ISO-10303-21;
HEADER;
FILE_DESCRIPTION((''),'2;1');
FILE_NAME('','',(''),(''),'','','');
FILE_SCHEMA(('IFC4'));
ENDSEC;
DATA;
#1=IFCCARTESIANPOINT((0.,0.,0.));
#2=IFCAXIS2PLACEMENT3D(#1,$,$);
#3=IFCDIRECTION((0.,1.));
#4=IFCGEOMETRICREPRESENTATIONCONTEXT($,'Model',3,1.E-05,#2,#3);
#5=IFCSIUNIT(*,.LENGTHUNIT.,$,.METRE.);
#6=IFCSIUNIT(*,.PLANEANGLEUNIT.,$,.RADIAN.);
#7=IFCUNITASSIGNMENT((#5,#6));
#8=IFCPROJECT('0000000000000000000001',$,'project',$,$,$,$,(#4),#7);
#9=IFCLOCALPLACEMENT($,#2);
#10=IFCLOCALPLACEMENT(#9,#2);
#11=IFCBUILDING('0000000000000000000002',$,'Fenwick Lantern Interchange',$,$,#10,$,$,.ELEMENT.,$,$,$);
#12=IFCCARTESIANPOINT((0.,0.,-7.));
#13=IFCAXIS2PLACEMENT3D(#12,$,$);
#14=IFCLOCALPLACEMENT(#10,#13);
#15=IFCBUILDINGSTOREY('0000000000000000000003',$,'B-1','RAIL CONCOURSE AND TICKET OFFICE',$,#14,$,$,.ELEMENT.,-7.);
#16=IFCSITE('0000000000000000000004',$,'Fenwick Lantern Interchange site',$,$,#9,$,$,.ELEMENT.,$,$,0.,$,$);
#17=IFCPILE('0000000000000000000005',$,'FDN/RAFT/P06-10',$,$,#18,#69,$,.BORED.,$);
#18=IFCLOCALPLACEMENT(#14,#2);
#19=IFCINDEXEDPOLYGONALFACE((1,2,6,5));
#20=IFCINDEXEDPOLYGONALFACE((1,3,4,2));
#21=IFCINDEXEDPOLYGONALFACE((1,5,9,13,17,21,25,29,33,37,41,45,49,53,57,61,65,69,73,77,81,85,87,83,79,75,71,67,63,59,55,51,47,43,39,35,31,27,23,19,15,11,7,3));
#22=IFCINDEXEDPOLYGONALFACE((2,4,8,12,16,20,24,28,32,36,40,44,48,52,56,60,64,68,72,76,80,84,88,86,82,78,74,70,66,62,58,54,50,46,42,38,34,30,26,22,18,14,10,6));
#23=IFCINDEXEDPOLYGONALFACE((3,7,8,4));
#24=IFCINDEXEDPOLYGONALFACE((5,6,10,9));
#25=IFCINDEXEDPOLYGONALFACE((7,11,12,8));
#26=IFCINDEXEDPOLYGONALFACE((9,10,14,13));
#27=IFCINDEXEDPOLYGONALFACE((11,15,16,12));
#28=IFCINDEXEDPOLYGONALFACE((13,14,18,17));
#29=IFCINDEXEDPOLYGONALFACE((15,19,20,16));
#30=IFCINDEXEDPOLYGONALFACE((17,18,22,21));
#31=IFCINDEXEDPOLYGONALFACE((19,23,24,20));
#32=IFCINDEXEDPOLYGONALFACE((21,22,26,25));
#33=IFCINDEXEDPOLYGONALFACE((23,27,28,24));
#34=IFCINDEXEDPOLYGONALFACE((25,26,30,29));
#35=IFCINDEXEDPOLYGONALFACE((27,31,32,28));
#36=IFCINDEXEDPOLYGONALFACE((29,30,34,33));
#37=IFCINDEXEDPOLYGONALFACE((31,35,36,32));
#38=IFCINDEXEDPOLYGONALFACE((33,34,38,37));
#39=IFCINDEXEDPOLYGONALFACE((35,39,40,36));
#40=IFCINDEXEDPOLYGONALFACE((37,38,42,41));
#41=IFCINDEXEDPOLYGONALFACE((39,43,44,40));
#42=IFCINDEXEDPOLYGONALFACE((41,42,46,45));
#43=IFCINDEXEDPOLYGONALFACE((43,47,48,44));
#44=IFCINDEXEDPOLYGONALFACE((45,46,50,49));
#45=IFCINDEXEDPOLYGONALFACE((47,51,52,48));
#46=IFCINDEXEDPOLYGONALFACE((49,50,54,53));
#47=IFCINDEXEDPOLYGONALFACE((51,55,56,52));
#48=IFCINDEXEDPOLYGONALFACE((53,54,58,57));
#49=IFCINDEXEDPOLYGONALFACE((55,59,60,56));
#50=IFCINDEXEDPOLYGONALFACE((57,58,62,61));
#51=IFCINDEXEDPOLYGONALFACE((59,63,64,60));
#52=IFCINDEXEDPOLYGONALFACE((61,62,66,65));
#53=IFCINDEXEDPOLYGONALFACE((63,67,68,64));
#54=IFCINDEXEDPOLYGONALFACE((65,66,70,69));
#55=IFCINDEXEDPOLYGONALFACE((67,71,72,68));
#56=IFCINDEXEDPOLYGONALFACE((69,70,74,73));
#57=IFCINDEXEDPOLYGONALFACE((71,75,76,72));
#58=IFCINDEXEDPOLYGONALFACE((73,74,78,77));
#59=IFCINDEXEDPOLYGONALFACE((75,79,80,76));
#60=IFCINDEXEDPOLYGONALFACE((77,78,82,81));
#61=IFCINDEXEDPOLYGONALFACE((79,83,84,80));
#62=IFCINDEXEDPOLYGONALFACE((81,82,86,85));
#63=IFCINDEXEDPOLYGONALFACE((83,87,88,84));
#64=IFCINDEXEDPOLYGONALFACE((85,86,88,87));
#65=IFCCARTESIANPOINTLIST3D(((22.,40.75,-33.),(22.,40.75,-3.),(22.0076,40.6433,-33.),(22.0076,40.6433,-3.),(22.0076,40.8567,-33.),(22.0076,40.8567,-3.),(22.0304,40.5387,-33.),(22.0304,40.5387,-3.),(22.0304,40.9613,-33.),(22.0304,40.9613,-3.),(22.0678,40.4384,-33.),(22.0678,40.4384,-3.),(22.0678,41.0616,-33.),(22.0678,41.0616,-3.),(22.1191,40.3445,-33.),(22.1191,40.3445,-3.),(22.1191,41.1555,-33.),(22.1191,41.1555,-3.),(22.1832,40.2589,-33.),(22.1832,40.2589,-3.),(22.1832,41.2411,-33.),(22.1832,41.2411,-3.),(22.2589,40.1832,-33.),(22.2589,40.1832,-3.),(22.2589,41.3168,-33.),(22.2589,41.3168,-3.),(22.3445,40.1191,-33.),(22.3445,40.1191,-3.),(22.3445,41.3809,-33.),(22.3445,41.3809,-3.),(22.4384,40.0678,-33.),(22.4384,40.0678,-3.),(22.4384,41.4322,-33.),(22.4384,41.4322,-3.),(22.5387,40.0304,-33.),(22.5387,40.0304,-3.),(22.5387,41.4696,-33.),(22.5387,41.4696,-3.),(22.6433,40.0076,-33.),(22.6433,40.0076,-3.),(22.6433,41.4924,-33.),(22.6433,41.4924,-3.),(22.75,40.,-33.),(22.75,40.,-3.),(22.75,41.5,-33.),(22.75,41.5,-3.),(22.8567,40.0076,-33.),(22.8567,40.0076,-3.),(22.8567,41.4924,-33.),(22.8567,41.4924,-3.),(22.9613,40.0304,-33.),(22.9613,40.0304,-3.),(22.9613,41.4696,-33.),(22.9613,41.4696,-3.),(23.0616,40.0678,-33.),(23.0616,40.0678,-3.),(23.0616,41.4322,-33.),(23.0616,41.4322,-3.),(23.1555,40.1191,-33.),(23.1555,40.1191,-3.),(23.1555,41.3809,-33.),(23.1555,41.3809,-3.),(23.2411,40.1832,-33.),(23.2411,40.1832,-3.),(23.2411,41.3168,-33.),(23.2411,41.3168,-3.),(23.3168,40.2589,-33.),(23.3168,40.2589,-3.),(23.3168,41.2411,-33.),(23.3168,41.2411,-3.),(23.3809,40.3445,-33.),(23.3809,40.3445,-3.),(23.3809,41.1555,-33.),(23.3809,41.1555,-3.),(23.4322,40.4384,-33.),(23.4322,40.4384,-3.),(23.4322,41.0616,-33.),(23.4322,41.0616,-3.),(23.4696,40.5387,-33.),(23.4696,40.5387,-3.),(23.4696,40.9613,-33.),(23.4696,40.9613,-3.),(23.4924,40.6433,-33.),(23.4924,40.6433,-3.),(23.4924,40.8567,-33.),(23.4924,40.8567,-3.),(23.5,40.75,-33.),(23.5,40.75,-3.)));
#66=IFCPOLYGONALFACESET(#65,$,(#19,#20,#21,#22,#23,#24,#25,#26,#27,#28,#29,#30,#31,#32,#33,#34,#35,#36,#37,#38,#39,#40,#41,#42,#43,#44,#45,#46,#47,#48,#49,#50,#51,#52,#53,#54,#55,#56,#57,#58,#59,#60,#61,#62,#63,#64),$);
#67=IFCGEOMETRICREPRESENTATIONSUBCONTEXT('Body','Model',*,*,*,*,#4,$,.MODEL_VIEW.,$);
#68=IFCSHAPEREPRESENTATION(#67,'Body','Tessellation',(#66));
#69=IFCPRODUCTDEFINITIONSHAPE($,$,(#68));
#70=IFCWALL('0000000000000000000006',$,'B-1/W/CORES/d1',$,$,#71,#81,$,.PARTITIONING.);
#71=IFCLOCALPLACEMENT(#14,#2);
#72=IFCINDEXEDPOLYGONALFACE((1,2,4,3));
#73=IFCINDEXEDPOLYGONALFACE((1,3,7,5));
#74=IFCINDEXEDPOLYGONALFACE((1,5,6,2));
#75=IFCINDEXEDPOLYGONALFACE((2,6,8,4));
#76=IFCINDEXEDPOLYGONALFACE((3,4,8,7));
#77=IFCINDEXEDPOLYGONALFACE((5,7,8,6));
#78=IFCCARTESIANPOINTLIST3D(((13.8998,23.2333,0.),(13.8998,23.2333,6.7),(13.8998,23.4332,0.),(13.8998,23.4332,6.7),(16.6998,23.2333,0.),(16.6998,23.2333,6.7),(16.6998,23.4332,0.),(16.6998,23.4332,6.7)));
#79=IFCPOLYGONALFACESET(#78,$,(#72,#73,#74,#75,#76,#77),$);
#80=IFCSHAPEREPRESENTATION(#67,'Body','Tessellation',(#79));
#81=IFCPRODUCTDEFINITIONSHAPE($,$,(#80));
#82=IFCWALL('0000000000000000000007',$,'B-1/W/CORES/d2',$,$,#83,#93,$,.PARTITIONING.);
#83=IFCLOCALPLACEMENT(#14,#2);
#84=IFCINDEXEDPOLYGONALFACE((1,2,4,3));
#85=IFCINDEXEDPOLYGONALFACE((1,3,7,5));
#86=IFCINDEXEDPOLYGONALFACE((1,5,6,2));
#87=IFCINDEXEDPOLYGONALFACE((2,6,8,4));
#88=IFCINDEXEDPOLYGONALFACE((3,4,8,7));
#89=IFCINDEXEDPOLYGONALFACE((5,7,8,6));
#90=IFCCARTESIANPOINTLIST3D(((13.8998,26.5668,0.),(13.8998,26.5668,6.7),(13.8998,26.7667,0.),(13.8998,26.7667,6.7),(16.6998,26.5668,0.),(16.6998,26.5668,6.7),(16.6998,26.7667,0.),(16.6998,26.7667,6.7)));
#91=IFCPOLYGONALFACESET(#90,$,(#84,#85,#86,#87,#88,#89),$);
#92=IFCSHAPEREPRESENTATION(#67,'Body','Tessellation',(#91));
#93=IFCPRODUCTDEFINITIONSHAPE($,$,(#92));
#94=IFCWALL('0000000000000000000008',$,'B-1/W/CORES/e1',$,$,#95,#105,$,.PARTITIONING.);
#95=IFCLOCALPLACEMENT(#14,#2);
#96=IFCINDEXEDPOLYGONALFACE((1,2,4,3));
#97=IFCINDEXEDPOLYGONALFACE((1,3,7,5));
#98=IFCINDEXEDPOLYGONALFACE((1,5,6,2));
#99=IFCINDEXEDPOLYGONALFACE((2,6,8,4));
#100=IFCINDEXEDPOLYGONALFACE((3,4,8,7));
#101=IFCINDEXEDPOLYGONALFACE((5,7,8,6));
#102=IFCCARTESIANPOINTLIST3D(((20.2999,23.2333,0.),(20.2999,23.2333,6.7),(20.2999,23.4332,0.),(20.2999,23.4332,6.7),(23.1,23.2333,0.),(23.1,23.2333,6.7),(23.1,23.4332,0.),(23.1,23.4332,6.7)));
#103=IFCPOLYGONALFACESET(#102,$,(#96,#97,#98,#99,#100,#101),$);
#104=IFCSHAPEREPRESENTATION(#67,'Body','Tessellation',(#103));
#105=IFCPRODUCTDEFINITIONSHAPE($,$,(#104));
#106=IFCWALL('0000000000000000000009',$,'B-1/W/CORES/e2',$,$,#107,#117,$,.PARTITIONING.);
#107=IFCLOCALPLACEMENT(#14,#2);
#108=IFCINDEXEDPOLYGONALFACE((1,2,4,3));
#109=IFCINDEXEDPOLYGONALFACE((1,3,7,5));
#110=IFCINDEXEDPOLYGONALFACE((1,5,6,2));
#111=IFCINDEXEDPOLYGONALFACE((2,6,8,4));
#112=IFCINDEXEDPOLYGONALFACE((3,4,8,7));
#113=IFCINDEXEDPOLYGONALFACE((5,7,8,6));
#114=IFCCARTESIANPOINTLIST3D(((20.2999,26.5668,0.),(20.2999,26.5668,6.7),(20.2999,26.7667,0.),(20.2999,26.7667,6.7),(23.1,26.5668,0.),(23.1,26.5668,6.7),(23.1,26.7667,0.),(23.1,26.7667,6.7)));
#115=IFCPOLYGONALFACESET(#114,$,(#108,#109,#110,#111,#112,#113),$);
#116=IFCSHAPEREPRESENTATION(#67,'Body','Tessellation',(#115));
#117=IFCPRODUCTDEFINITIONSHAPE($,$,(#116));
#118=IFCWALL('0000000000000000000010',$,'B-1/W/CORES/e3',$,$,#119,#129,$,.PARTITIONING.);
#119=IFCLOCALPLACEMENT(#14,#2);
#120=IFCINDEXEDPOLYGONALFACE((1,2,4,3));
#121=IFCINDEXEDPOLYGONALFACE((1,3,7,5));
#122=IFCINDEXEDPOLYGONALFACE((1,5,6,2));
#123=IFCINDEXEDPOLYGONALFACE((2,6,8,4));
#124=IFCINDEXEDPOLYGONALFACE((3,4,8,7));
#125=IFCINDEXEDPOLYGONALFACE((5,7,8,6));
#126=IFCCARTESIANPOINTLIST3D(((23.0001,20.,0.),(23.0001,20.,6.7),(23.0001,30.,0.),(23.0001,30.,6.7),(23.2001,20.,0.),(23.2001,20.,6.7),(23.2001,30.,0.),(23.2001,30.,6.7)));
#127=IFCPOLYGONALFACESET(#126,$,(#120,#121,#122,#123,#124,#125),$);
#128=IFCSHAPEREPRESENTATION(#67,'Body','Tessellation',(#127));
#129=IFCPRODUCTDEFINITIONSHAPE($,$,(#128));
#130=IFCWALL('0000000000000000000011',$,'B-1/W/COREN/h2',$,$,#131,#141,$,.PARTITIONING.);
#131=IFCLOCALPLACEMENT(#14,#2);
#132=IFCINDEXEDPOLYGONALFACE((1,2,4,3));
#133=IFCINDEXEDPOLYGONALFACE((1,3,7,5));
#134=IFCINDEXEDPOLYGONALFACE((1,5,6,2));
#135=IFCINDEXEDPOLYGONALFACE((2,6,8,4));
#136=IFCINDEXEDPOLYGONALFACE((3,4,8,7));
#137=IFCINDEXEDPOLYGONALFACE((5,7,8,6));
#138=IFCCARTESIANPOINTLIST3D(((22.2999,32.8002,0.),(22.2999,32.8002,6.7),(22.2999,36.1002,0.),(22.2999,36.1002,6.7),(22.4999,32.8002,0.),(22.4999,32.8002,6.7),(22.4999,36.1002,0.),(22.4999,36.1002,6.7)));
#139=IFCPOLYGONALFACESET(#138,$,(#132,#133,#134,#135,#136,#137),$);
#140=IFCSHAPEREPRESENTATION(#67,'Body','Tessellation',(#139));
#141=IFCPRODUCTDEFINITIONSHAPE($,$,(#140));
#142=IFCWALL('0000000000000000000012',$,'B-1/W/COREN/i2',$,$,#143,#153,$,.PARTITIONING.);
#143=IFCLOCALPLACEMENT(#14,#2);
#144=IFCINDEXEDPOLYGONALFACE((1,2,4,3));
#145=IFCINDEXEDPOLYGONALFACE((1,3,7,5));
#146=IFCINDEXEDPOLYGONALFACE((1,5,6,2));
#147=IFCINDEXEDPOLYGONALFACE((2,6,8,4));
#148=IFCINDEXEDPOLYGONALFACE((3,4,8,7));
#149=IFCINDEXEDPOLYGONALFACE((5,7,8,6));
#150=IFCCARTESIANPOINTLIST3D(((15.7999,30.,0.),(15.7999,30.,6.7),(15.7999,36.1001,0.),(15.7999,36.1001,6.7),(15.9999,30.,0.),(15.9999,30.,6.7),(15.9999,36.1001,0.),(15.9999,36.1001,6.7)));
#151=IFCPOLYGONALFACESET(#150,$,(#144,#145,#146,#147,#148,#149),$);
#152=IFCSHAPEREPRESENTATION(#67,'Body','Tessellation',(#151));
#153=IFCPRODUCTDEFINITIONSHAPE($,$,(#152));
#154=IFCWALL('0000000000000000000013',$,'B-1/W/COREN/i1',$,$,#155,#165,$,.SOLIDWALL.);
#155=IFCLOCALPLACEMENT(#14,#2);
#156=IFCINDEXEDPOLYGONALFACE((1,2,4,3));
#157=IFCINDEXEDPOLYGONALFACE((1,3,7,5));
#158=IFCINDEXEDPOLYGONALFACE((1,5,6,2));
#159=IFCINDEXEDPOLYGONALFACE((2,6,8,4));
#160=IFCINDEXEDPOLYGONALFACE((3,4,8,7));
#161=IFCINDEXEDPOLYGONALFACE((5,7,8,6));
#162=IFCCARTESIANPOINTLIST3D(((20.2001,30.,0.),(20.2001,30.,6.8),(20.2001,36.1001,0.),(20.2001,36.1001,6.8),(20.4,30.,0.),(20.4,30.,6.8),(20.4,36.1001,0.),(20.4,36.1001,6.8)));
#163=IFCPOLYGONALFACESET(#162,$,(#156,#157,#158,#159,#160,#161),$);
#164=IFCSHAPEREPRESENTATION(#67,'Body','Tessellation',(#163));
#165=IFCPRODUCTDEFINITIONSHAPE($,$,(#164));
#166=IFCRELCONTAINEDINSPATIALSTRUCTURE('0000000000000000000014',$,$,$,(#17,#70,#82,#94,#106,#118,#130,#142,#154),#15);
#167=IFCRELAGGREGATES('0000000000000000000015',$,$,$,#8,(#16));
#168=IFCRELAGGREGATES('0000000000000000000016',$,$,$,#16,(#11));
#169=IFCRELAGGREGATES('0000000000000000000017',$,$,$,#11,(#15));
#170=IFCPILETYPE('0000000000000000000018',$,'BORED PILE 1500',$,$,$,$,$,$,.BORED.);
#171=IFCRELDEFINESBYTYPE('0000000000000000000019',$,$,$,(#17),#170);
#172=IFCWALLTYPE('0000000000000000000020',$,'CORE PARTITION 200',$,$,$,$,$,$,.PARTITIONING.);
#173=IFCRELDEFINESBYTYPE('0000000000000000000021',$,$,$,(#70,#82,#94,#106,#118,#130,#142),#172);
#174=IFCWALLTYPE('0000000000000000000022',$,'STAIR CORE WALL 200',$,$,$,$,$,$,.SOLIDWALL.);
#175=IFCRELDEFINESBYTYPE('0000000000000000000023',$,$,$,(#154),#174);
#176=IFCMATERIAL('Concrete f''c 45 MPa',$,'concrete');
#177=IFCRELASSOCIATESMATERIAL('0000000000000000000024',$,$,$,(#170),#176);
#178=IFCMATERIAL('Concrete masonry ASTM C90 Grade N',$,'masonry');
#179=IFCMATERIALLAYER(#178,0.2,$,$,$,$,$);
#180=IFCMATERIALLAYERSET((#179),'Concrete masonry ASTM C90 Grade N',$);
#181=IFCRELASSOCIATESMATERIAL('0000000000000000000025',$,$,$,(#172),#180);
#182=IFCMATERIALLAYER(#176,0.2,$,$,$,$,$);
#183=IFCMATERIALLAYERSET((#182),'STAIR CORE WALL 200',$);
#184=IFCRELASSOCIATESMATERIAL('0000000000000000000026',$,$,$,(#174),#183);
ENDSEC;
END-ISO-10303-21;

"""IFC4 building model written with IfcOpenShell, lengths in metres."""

from ifc_helpers import new_model, si_unit, direction, frame, frame_2d, origin, origin_2d, place, context, subcontext, project, spatial, rectangle, circle, extrude, material, layer, layer_set, type_object, element, save


model = new_model("IFC4")

# Units and contexts
model_context = context("Model", 3, precision=1e-05, world=origin(), true_north=direction((0.0, 1.0)))
body_context = subcontext(model_context, "Body", "Model", "MODEL_VIEW")
ifc_project = project(units=[si_unit("LENGTHUNIT", "METRE"), si_unit("PLANEANGLEUNIT", "RADIAN")], contexts=[model_context])

# Site, building, storey
site_placement = place(None, origin())
site = spatial("IfcSite", under=ifc_project, at=site_placement, Name="Fenwick Lantern Interchange site", CompositionType="ELEMENT", RefElevation=0.0)
building_placement = place(site_placement, origin())
building = spatial("IfcBuilding", under=site, at=building_placement, Name="Fenwick Lantern Interchange", CompositionType="ELEMENT")
storey_placement = place(building_placement, frame((0.0, 0.0, -7.0)))
storey = spatial("IfcBuildingStorey", under=building, at=storey_placement, Name="B-1", Description="RAIL CONCOURSE AND TICKET OFFICE", CompositionType="ELEMENT", Elevation=-7.0)

# Pile
ifc_material_1 = material(Name="Concrete f'c 45 MPa", Category="concrete")
pile_type = type_object("IfcPileType", Name="BORED PILE 1500", PredefinedType="BORED", material=ifc_material_1)
for number, where, z_axis, x_axis, name in (
    (1, (22.75, 40.75, -3.0), (0.0, 0.0, -1.0), (1.0, 0.0, 0.0), "FDN/RAFT/P06-10"),
):
    element("IfcPile", number, at=place(storey_placement, frame(where, z_axis=z_axis, x_axis=x_axis)), inside=storey, type_object=pile_type, Name=name, PredefinedType="BORED", context=body_context, shape_type="SweptSolid", body=[
        extrude(circle(Radius=0.75, at=origin_2d()), origin(), (0.0, 0.0, 1.0), 30.0),
    ])

# Walls
ifc_material_2 = material(Name="Concrete masonry ASTM C90 Grade N", Category="masonry")
ifc_layer_1 = layer(ifc_material_2, 0.2)
ifc_layer_set_1 = layer_set([ifc_layer_1], Name="Concrete masonry ASTM C90 Grade N")
wall_type_1 = type_object("IfcWallType", Name="CORE PARTITION 200", PredefinedType="PARTITIONING", material=ifc_layer_set_1)
for number, where, z_axis, x_axis, name in (
    (2, (13.8999, 23.3333, 0.0), (0.0, 0.0, 1.0), (1.0, 0.0, 0.0), "B-1/W/CORES/d1"),
    (3, (13.8999, 26.6667, 0.0), (0.0, 0.0, 1.0), (1.0, 0.0, 0.0), "B-1/W/CORES/d2"),
    (4, (20.3, 23.3333, 0.0), (0.0, 0.0, 1.0), (1.0, 0.0, 0.0), "B-1/W/CORES/e1"),
    (5, (20.3, 26.6667, 0.0), (0.0, 0.0, 1.0), (1.0, 0.0, 0.0), "B-1/W/CORES/e2"),
):
    element("IfcWall", number, at=place(storey_placement, frame(where, z_axis=z_axis, x_axis=x_axis)), inside=storey, type_object=wall_type_1, Name=name, PredefinedType="PARTITIONING", context=body_context, shape_type="SweptSolid", body=[
        extrude(rectangle(XDim=2.8, YDim=0.2, at=frame_2d((1.3999, 0.0))), origin(), (0.0, 0.0, 1.0), 6.7),
    ])
wall_1_placement = place(storey_placement, frame((23.1001, 20.0, 0.0), z_axis=(0.0, 0.0, 1.0), x_axis=(0.0, 1.0, 0.0)))
element("IfcWall", 6, at=wall_1_placement, inside=storey, type_object=wall_type_1, Name="B-1/W/CORES/e3", PredefinedType="PARTITIONING", context=body_context, shape_type="SweptSolid", body=[
    extrude(rectangle(XDim=10.0, YDim=0.2, at=frame_2d((5.0, 0.0))), origin(), (0.0, 0.0, 1.0), 6.7),
])
wall_2_placement = place(storey_placement, frame((22.3999, 36.1001, 0.0), z_axis=(0.0, 0.0, 1.0), x_axis=(0.0, -1.0, 0.0)))
element("IfcWall", 7, at=wall_2_placement, inside=storey, type_object=wall_type_1, Name="B-1/W/COREN/h2", PredefinedType="PARTITIONING", context=body_context, shape_type="SweptSolid", body=[
    extrude(rectangle(XDim=3.3, YDim=0.2, at=frame_2d((1.6499, 0.0))), origin(), (0.0, 0.0, 1.0), 6.7),
])
wall_3_placement = place(storey_placement, frame((15.8999, 36.1001, 0.0), z_axis=(0.0, 0.0, 1.0), x_axis=(0.0, -1.0, 0.0)))
element("IfcWall", 8, at=wall_3_placement, inside=storey, type_object=wall_type_1, Name="B-1/W/COREN/i2", PredefinedType="PARTITIONING", context=body_context, shape_type="SweptSolid", body=[
    extrude(rectangle(XDim=6.1001, YDim=0.2, at=frame_2d((3.05, 0.0))), origin(), (0.0, 0.0, 1.0), 6.7),
])
ifc_layer_2 = layer(ifc_material_1, 0.2)
ifc_layer_set_2 = layer_set([ifc_layer_2], Name="STAIR CORE WALL 200")
wall_type_2 = type_object("IfcWallType", Name="STAIR CORE WALL 200", PredefinedType="SOLIDWALL", material=ifc_layer_set_2)
wall_4_placement = place(storey_placement, frame((20.3, 36.1001, 0.0), z_axis=(0.0, 0.0, 1.0), x_axis=(0.0, -1.0, 0.0)))
element("IfcWall", 9, at=wall_4_placement, inside=storey, type_object=wall_type_2, Name="B-1/W/COREN/i1", PredefinedType="SOLIDWALL", context=body_context, shape_type="SweptSolid", body=[
    extrude(rectangle(XDim=6.1001, YDim=0.2, at=frame_2d((3.05, 0.0))), origin(), (0.0, 0.0, 1.0), 6.8),
])

save(model, "model.ifc")
